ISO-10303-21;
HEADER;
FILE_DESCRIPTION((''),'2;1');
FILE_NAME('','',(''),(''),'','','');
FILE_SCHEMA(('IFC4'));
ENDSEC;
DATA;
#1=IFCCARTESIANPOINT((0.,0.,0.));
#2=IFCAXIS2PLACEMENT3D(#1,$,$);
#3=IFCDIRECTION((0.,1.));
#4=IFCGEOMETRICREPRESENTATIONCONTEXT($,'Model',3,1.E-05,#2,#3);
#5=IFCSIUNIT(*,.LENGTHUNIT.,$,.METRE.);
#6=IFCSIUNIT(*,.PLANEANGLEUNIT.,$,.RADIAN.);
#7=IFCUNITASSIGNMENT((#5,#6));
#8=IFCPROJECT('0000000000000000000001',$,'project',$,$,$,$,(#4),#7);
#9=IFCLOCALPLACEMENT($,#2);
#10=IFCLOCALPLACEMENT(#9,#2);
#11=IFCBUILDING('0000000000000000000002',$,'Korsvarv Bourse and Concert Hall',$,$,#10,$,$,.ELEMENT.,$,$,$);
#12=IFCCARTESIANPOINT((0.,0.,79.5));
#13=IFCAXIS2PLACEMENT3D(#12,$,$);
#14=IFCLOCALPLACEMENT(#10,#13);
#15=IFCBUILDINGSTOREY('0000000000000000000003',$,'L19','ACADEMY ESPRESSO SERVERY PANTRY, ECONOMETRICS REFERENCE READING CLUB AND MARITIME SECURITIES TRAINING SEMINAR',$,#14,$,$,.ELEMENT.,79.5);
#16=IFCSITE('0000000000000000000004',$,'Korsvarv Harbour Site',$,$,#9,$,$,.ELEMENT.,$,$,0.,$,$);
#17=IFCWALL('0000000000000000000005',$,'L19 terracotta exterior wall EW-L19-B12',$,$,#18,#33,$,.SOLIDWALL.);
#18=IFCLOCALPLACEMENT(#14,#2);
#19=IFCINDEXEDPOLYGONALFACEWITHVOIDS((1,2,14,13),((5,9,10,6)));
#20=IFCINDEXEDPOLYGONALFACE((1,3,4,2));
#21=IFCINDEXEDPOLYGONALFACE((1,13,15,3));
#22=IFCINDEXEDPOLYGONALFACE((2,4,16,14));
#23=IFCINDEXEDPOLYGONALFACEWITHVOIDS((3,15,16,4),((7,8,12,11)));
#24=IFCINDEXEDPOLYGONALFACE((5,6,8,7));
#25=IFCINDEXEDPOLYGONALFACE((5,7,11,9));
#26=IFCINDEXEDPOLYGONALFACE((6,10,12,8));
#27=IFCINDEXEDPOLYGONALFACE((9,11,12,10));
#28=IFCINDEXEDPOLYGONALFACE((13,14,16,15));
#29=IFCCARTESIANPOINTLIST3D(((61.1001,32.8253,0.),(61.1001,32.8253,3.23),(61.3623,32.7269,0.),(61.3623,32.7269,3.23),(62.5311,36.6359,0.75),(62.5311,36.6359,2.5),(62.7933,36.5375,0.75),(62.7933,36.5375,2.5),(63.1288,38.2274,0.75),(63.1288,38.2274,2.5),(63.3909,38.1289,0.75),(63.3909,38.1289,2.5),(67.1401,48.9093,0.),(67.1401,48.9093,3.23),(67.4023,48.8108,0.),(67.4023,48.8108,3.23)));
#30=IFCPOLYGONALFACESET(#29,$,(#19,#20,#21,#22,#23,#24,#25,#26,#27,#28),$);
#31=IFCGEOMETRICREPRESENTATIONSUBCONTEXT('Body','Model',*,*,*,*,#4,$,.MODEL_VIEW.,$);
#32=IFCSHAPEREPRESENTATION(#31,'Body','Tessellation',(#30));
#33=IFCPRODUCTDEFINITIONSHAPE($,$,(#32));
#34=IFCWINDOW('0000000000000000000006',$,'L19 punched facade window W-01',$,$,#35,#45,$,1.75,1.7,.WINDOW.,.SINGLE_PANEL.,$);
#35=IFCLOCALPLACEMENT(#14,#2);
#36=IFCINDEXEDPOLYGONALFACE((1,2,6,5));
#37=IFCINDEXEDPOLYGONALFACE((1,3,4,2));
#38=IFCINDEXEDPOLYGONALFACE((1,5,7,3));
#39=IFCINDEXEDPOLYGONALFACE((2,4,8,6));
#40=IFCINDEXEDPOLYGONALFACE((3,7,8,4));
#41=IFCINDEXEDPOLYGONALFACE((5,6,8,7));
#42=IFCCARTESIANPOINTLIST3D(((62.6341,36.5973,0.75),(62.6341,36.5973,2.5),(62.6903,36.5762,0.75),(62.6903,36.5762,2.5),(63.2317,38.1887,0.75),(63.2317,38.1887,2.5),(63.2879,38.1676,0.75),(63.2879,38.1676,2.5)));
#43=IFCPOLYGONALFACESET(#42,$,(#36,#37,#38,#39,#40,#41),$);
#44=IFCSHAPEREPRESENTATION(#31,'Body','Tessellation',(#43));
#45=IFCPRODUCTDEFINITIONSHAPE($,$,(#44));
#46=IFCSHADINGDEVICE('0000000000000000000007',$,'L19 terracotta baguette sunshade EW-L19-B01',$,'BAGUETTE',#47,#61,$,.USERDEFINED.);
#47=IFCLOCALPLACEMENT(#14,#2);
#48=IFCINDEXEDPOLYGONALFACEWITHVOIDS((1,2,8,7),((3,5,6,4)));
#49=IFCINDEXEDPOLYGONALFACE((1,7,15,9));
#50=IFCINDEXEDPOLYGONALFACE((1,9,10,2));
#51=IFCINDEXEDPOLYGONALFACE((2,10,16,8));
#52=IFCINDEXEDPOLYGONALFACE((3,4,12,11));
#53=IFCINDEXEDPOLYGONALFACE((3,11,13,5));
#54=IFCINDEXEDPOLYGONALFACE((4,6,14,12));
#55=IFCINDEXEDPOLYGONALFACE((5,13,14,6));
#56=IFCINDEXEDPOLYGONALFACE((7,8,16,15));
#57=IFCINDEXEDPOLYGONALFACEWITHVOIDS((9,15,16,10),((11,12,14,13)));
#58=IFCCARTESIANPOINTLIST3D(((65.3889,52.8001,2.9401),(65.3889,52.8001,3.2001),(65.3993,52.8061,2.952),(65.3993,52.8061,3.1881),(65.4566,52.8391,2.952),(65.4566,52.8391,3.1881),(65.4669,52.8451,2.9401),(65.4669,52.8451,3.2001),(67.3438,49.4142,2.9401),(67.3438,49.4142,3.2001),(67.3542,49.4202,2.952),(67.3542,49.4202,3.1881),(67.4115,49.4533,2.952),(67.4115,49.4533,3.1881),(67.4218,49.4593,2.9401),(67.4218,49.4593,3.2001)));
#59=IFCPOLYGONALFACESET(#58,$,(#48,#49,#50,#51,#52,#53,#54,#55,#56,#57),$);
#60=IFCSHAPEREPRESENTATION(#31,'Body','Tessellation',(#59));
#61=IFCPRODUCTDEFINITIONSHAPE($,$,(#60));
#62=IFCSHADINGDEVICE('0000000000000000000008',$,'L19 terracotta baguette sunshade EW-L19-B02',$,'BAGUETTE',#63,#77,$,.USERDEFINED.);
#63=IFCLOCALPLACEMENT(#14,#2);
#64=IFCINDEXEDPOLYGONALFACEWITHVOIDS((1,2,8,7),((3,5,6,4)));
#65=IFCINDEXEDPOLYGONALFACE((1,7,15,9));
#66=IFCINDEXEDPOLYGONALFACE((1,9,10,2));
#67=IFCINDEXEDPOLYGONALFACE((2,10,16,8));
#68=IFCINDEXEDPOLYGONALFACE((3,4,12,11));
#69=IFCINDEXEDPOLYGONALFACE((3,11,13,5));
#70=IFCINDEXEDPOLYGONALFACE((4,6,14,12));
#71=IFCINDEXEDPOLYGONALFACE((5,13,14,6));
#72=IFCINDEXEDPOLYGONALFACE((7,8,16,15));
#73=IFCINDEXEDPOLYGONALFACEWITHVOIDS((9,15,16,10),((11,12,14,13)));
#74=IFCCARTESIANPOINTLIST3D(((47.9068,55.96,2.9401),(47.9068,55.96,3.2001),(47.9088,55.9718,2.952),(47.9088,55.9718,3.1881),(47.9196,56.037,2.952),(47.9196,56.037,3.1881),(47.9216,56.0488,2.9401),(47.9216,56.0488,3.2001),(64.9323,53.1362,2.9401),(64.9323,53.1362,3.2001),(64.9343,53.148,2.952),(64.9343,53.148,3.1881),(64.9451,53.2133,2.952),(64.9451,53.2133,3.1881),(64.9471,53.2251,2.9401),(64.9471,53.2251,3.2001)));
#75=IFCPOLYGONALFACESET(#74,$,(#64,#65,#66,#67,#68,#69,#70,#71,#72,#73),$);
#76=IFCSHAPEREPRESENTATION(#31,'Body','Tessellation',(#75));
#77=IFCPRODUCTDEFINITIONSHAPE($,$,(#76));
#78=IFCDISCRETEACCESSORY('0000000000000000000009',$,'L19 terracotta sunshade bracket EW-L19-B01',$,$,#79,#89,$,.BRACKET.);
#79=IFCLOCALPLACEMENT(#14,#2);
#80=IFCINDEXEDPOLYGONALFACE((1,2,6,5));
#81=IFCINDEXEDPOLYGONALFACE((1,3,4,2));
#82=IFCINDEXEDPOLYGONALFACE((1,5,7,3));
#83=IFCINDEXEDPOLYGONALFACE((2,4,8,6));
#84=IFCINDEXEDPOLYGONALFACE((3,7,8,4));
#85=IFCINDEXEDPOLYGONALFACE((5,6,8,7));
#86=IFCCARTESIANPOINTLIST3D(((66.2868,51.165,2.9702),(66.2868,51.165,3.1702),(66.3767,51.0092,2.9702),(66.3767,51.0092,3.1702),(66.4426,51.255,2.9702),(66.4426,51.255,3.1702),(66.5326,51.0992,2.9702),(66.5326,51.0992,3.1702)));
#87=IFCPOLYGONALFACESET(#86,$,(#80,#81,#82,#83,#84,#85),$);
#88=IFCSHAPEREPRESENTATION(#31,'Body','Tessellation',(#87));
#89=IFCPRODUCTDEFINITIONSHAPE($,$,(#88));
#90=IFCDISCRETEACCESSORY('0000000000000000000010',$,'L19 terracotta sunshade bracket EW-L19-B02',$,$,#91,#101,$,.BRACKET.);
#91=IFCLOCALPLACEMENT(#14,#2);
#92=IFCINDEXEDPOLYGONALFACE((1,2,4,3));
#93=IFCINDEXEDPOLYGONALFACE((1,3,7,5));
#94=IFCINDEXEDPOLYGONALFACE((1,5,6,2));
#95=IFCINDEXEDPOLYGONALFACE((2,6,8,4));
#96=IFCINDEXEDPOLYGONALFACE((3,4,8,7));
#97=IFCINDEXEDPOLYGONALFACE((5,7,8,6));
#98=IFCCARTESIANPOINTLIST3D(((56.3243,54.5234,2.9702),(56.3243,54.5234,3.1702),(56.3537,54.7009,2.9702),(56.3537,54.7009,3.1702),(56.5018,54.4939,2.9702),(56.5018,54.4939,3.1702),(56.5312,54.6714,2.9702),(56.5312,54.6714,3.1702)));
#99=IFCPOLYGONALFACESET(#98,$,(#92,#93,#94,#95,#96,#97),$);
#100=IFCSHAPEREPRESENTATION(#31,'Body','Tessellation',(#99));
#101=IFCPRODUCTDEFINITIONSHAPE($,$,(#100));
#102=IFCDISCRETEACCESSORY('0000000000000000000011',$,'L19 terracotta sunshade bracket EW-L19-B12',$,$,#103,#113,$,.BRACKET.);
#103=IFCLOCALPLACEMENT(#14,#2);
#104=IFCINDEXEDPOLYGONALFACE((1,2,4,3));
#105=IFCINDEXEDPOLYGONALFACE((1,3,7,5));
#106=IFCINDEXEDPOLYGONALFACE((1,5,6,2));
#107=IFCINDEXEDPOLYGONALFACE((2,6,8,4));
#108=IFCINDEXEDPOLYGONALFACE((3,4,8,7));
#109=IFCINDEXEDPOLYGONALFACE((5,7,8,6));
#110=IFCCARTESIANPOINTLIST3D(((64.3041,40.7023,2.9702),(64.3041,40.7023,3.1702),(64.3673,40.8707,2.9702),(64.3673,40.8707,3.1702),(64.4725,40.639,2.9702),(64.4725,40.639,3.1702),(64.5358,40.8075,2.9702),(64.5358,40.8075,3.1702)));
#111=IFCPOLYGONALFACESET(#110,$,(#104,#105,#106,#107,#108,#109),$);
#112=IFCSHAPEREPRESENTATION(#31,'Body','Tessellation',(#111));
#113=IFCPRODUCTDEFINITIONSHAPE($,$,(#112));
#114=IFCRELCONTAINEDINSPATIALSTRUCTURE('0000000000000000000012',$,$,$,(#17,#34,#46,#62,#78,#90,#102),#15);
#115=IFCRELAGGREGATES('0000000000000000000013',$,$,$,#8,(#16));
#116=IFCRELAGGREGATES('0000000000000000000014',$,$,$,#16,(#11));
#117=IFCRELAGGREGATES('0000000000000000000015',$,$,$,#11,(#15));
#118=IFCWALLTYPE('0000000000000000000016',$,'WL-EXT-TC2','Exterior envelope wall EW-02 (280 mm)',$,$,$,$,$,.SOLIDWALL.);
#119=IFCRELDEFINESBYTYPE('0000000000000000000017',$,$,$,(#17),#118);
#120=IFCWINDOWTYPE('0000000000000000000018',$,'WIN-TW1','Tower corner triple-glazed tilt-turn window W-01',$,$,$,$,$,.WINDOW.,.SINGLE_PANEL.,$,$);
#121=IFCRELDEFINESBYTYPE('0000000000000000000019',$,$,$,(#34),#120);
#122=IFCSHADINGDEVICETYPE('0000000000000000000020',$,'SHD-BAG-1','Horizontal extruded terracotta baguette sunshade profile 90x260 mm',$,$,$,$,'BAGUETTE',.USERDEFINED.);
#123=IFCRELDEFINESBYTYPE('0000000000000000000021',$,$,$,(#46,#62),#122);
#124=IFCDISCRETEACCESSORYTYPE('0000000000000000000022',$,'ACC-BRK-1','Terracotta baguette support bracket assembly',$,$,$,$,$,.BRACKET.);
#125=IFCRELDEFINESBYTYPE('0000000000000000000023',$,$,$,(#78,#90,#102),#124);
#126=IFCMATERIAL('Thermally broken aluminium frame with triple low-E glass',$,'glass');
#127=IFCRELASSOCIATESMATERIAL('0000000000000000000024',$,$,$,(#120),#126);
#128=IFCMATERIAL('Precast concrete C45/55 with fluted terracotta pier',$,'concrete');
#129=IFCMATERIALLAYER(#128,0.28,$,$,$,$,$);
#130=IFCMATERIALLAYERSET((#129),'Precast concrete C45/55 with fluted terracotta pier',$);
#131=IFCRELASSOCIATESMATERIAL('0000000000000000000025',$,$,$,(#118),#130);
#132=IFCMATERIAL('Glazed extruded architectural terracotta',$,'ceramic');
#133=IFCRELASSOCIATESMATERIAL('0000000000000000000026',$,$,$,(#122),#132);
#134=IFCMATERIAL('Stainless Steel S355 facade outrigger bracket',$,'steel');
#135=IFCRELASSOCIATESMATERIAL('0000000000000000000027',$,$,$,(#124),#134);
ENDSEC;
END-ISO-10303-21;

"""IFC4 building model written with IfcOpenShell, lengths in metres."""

from ifc_helpers import new_model, si_unit, direction, frame, frame_2d, origin, origin_2d, place, context, subcontext, project, spatial, rectangle, hollow_rectangle, extrude, source, transform, mapped, material, layer, layer_set, material_profile, profile_set, type_object, element, fill, save


model = new_model("IFC4")

# Units and contexts
model_context = context("Model", 3, precision=1e-05, world=origin(), true_north=direction((0.0, 1.0)))
body_context = subcontext(model_context, "Body", "Model", "MODEL_VIEW")
ifc_project = project(units=[si_unit("LENGTHUNIT", "METRE"), si_unit("PLANEANGLEUNIT", "RADIAN")], contexts=[model_context])

# Site, building, storey
site_placement = place(None, origin())
site = spatial("IfcSite", under=ifc_project, at=site_placement, Name="Korsvarv Harbour Site", CompositionType="ELEMENT", RefElevation=0.0)
building_placement = place(site_placement, origin())
building = spatial("IfcBuilding", under=site, at=building_placement, Name="Korsvarv Bourse and Concert Hall", CompositionType="ELEMENT")
storey_placement = place(building_placement, frame((0.0, 0.0, 79.5)))
storey = spatial("IfcBuildingStorey", under=building, at=storey_placement, Name="L19", Description="ACADEMY ESPRESSO SERVERY PANTRY, ECONOMETRICS REFERENCE READING CLUB AND MARITIME SECURITIES TRAINING SEMINAR", CompositionType="ELEMENT", Elevation=79.5)

# Wall, opening, window
ifc_material_1 = material(Name="Thermally broken aluminium frame with triple low-E glass", Category="glass")
window_type = type_object("IfcWindowType", Name="WIN-TW1", Description="Tower corner triple-glazed tilt-turn window W-01", PartitioningType="SINGLE_PANEL", PredefinedType="WINDOW", material=ifc_material_1)
ifc_material_2 = material(Name="Precast concrete C45/55 with fluted terracotta pier", Category="concrete")
ifc_layer_1 = layer(ifc_material_2, 0.28)
ifc_layer_set_1 = layer_set([ifc_layer_1], Name="Precast concrete C45/55 with fluted terracotta pier")
wall_type_1 = type_object("IfcWallType", Name="WL-EXT-TC2", Description="Exterior envelope wall EW-02 (280 mm)", PredefinedType="SOLIDWALL", material=ifc_layer_set_1)
wall_1_placement = place(storey_placement, frame((61.2312, 32.7761, 0.0), z_axis=(0.0, 0.0, 1.0), x_axis=(0.351559, 0.936166, 0.0)))
wall_1 = element("IfcWall", 1, at=wall_1_placement, inside=storey, type_object=wall_type_1, Name="L19 terracotta exterior wall EW-L19-B12", PredefinedType="SOLIDWALL", context=body_context, shape_type="SweptSolid", body=[
    extrude(rectangle(XDim=17.1807, YDim=0.28, at=frame_2d((8.5903, 0.0))), origin(), (0.0, 0.0, 1.0), 3.23),
])
opening_1_placement = place(wall_1_placement, frame((4.0703, 0.0, 0.75)))
opening_1 = element("IfcOpeningElement", 2, at=opening_1_placement, cuts=wall_1, PredefinedType="OPENING", context=body_context, shape_type="SweptSolid", body=[
    extrude(rectangle(XDim=1.7, YDim=1.75, at=frame_2d((0.8501, 0.875))), frame((0.0, 0.1499, 0.0), z_axis=(0.0, -1.0, 0.0), x_axis=(1.0, 0.0, 0.0)), (0.0, 0.0, 1.0), 0.3),
])
window_1_placement = place(opening_1_placement, origin())
window_1 = element("IfcWindow", 3, at=window_1_placement, inside=storey, type_object=window_type, Name="L19 punched facade window W-01", OverallHeight=1.75, OverallWidth=1.7, PartitioningType="SINGLE_PANEL", PredefinedType="WINDOW", context=body_context, shape_type="SweptSolid", body=[
    extrude(rectangle(XDim=1.7, YDim=1.75, at=frame_2d((0.8501, 0.875))), frame((0.0, 0.03, 0.0), z_axis=(0.0, -1.0, 0.0), x_axis=(1.0, 0.0, 0.0)), (0.0, 0.0, 1.0), 0.0601),
])
fill(opening_1, window_1)

# Shading devices
ifc_material_3 = material(Name="Glazed extruded architectural terracotta", Category="ceramic")
ifc_material_profile_1 = material_profile(ifc_material_3, hollow_rectangle(XDim=0.0901, YDim=0.26, WallThickness=0.012, at=origin_2d()), Name="TC-BAG 90x260")
ifc_profile_set_1 = profile_set([ifc_material_profile_1], Name="Glazed extruded architectural terracotta")
shading_device_type = type_object("IfcShadingDeviceType", Name="SHD-BAG-1", Description="Horizontal extruded terracotta baguette sunshade profile 90x260 mm", ElementType="BAGUETTE", PredefinedType="USERDEFINED", material=ifc_profile_set_1)
shared_shape_1 = source(origin(), body_context, "Body", "SweptSolid", [
    extrude(hollow_rectangle(XDim=0.0901, YDim=0.26, WallThickness=0.012, at=origin_2d()), origin(), (0.0, 0.0, 1.0), 3.9097),
])
shading_device_1_placement = place(storey_placement, frame((67.3828, 49.4368, 3.0701), z_axis=(-0.500014, 0.866017, 0.0), x_axis=(-0.866017, -0.500014, 0.0)))
element("IfcShadingDevice", 4, at=shading_device_1_placement, inside=storey, type_object=shading_device_type, Name="L19 terracotta baguette sunshade EW-L19-B01", ObjectType="BAGUETTE", PredefinedType="USERDEFINED", context=body_context, shape_type="MappedRepresentation", body=[
    mapped(shared_shape_1, transform((0.0, 0.0, 0.0), scale=1.0)),
])
shared_shape_2 = source(origin(), body_context, "Body", "SweptSolid", [
    extrude(hollow_rectangle(XDim=0.0901, YDim=0.26, WallThickness=0.012, at=origin_2d()), origin(), (0.0, 0.0, 1.0), 17.2581),
])
shading_device_2_placement = place(storey_placement, frame((64.9397, 53.1807, 3.0701), z_axis=(-0.986524, 0.163619, 0.0), x_axis=(-0.163619, -0.986524, 0.0)))
element("IfcShadingDevice", 5, at=shading_device_2_placement, inside=storey, type_object=shading_device_type, Name="L19 terracotta baguette sunshade EW-L19-B02", ObjectType="BAGUETTE", PredefinedType="USERDEFINED", context=body_context, shape_type="MappedRepresentation", body=[
    mapped(shared_shape_2, transform((0.0, 0.0, 0.0), scale=1.0)),
])

# Discrete accessories
ifc_material_4 = material(Name="Stainless Steel S355 facade outrigger bracket", Category="steel")
discrete_accessory_type = type_object("IfcDiscreteAccessoryType", Name="ACC-BRK-1", Description="Terracotta baguette support bracket assembly", PredefinedType="BRACKET", material=ifc_material_4)
shared_shape_3 = source(origin(), body_context, "Body", "SweptSolid", [
    extrude(rectangle(XDim=0.1799, YDim=0.1799, at=origin_2d()), origin(), (0.0, 0.0, 1.0), 0.2),
])
for number, where, z_axis, x_axis, name in (
    (6, (66.4097, 51.1321, 2.9702), (0.0, 0.0, 1.0), (-0.5, 0.866025, 0.0), "L19 terracotta sunshade bracket EW-L19-B01"),
    (7, (56.4277, 54.5974, 2.9702), (0.0, 0.0, 1.0), (-0.986515, 0.16367, 0.0), "L19 terracotta sunshade bracket EW-L19-B02"),
    (8, (64.4199, 40.7549, 2.9702), (0.0, 0.0, 1.0), (0.351515, 0.936182, 0.0), "L19 terracotta sunshade bracket EW-L19-B12"),
):
    element("IfcDiscreteAccessory", number, at=place(storey_placement, frame(where, z_axis=z_axis, x_axis=x_axis)), inside=storey, type_object=discrete_accessory_type, Name=name, PredefinedType="BRACKET", context=body_context, shape_type="MappedRepresentation", body=[
        mapped(shared_shape_3, transform((0.0, 0.0, 0.0), scale=1.0)),
    ])

save(model, "model.ifc")
